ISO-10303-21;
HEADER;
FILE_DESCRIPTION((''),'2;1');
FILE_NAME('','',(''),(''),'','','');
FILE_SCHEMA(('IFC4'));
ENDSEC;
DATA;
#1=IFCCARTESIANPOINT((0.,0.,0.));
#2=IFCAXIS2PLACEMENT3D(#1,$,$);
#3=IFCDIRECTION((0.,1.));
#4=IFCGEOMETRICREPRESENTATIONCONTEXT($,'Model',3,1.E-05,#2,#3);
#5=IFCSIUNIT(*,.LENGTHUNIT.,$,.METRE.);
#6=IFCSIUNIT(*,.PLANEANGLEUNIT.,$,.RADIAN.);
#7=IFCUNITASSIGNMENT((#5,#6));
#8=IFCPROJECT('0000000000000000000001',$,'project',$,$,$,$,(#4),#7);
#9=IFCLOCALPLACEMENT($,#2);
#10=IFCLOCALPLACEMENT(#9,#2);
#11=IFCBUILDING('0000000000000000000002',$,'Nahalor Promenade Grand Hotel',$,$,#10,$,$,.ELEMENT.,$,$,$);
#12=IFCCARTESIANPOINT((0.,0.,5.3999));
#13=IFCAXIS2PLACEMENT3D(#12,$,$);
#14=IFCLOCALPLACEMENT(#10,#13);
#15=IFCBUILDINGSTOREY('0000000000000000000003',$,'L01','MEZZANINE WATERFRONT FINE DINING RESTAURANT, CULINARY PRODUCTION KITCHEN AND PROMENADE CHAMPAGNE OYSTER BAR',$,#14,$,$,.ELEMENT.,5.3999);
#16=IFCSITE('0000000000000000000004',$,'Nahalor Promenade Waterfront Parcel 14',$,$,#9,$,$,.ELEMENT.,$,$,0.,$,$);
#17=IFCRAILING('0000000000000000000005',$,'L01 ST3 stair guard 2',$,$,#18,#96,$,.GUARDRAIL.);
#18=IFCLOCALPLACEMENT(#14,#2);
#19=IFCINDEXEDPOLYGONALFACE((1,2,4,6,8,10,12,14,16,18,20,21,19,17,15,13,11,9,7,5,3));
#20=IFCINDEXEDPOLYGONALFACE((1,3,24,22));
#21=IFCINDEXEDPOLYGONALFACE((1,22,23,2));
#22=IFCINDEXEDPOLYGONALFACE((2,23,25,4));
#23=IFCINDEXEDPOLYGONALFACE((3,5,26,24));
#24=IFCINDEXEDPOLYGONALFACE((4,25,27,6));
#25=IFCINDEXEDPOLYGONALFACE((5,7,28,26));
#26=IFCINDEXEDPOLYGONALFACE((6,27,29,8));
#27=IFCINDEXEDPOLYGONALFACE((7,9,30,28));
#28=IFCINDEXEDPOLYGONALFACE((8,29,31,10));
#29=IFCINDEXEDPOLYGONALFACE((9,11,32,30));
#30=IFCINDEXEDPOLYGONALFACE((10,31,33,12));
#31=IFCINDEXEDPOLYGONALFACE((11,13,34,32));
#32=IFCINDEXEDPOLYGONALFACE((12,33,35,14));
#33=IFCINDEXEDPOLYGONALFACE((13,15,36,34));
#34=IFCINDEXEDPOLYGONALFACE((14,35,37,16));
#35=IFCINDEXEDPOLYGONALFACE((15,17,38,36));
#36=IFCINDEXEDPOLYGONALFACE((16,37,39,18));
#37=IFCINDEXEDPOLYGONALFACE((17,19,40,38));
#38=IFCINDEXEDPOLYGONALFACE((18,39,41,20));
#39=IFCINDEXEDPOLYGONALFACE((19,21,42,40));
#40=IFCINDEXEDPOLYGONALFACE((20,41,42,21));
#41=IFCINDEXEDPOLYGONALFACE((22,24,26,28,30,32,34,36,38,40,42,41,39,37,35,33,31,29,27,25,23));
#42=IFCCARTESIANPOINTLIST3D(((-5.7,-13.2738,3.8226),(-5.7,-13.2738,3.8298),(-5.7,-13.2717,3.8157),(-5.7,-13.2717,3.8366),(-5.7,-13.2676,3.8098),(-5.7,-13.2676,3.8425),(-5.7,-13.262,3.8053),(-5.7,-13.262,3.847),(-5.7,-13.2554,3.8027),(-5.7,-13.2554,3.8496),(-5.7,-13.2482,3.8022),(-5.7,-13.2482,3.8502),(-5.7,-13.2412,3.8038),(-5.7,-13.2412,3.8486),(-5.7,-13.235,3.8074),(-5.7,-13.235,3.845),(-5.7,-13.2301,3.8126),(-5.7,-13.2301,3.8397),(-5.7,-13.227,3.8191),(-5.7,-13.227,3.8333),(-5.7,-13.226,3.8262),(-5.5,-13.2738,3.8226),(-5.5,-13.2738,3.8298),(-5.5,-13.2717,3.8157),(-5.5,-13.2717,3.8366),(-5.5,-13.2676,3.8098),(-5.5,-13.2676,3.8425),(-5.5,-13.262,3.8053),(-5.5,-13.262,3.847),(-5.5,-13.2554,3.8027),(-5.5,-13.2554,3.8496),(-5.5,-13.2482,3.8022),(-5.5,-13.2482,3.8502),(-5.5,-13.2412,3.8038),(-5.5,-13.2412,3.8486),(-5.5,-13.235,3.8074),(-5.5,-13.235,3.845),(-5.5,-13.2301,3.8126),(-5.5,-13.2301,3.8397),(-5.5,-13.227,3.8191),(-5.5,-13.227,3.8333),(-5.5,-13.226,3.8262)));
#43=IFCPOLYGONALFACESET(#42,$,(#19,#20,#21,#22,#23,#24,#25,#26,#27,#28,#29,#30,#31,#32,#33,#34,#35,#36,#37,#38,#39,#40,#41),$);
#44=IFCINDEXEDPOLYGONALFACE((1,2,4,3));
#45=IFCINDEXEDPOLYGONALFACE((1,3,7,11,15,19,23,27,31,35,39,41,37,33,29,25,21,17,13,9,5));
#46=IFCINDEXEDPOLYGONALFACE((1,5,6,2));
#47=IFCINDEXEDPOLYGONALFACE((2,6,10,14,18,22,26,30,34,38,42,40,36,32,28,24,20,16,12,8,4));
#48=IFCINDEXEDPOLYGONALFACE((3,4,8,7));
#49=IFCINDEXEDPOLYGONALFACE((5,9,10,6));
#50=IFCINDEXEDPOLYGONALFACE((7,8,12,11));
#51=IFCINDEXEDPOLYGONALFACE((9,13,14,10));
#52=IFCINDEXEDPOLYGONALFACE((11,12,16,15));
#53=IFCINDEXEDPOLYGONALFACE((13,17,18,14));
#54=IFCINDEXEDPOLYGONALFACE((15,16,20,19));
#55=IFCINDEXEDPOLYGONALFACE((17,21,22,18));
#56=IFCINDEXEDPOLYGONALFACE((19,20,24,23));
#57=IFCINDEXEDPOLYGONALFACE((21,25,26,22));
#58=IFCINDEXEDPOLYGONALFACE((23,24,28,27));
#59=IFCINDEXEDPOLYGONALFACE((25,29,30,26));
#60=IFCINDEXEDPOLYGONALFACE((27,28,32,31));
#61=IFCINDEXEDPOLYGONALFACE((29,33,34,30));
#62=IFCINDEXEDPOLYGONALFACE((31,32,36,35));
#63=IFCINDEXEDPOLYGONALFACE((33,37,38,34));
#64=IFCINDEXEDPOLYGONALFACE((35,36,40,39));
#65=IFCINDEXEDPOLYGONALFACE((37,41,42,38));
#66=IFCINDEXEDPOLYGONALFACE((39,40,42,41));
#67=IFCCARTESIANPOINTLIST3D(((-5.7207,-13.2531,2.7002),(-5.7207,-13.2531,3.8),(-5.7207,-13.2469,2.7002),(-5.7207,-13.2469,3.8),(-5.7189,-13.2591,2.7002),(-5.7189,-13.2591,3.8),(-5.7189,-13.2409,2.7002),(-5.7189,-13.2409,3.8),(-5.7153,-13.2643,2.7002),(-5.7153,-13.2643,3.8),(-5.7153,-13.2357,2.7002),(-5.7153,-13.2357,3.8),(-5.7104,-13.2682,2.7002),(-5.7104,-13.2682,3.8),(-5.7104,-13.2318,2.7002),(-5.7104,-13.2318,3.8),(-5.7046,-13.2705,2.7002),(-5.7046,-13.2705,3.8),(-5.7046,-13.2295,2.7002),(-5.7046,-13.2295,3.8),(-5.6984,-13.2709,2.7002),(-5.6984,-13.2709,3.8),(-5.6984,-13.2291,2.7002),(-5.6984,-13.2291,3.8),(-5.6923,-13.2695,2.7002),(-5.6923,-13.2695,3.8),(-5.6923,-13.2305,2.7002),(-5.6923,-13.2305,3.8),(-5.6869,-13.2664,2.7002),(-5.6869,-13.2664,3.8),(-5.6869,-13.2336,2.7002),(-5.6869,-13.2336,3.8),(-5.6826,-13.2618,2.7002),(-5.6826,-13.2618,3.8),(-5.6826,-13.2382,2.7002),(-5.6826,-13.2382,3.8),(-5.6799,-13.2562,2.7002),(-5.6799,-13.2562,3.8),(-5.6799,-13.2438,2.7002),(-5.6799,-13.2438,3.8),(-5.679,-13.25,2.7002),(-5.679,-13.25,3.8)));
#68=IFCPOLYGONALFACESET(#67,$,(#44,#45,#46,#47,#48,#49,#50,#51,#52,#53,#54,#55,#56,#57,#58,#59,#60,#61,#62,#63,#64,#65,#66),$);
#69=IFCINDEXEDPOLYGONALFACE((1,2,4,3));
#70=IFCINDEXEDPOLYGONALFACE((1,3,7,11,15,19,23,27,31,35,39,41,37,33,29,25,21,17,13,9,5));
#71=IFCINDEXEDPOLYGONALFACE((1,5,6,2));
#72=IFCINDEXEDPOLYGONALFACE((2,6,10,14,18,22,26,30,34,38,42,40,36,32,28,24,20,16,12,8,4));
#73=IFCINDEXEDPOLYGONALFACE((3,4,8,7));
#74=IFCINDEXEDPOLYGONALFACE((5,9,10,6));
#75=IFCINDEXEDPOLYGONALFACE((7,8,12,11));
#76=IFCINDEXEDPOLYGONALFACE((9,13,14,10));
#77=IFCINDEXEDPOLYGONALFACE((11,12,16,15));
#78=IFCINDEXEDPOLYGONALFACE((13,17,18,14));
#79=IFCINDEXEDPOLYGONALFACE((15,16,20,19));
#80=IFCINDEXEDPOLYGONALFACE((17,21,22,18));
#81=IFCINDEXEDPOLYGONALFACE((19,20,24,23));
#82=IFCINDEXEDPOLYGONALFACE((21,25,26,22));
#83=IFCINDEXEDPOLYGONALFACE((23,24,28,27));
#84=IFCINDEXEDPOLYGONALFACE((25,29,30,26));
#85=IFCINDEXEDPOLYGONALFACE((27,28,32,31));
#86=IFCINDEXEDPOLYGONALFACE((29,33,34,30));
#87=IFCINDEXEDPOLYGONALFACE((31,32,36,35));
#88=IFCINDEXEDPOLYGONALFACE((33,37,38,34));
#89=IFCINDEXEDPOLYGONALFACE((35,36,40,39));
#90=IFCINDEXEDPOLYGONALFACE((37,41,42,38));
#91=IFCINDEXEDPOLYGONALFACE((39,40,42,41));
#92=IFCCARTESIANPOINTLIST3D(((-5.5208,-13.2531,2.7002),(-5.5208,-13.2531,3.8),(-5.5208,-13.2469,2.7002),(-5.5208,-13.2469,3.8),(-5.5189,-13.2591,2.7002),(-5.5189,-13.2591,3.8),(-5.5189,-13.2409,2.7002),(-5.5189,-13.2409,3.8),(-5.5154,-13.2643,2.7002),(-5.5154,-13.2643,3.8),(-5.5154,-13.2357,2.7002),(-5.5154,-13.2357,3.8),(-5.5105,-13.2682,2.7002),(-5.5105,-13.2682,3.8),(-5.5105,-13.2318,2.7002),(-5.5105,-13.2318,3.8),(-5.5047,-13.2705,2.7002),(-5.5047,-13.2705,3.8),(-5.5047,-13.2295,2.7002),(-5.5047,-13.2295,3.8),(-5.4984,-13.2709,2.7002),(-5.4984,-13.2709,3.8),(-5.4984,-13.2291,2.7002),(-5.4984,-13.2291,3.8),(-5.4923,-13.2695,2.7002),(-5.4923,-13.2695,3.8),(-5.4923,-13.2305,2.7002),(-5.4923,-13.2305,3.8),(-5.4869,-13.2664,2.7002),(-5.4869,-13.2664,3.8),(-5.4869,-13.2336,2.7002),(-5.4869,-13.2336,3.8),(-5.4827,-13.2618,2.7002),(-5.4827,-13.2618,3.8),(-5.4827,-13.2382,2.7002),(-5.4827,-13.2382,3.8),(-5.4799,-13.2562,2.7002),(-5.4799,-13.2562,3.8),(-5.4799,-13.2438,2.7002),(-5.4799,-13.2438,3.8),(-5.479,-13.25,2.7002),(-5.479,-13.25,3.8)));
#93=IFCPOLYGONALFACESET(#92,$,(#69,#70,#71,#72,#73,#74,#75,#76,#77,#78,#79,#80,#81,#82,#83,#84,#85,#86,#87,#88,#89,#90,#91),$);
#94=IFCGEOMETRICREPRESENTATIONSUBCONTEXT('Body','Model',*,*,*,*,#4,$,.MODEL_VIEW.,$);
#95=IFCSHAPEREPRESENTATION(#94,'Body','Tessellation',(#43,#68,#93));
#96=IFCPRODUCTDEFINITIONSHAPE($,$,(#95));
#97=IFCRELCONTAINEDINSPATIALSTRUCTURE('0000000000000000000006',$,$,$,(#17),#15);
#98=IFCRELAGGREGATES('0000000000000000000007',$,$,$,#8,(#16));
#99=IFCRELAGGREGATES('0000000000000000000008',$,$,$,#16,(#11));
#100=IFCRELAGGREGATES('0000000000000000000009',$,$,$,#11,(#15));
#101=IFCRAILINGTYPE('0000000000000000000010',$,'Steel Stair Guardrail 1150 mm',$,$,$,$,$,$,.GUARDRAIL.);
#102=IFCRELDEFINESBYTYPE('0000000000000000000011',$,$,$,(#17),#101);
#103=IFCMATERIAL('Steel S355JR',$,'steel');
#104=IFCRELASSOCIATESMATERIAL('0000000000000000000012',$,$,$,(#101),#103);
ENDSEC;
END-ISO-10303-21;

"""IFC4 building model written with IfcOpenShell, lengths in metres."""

from ifc_helpers import new_model, si_unit, direction, frame, origin, origin_2d, place, context, subcontext, project, spatial, circle, extrude, material, type_object, element, save


model = new_model("IFC4")

# Units and contexts
model_context = context("Model", 3, precision=1e-05, world=origin(), true_north=direction((0.0, 1.0)))
body_context = subcontext(model_context, "Body", "Model", "MODEL_VIEW")
ifc_project = project(units=[si_unit("LENGTHUNIT", "METRE"), si_unit("PLANEANGLEUNIT", "RADIAN")], contexts=[model_context])

# Site, building, storey
site_placement = place(None, origin())
site = spatial("IfcSite", under=ifc_project, at=site_placement, Name="Nahalor Promenade Waterfront Parcel 14", CompositionType="ELEMENT", RefElevation=0.0)
building_placement = place(site_placement, origin())
building = spatial("IfcBuilding", under=site, at=building_placement, Name="Nahalor Promenade Grand Hotel", CompositionType="ELEMENT")
storey_placement = place(building_placement, frame((0.0, 0.0, 5.3999)))
storey = spatial("IfcBuildingStorey", under=building, at=storey_placement, Name="L01", Description="MEZZANINE WATERFRONT FINE DINING RESTAURANT, CULINARY PRODUCTION KITCHEN AND PROMENADE CHAMPAGNE OYSTER BAR", CompositionType="ELEMENT", Elevation=5.3999)

# Shared definitions
ifc_material_1 = material(Name="Steel S355JR", Category="steel")

# Railing
railing_type_1 = type_object("IfcRailingType", Name="Steel Stair Guardrail 1150 mm", PredefinedType="GUARDRAIL", material=ifc_material_1)
railing_1_placement = place(storey_placement, frame((-5.7, -13.25, 2.7002)))
element("IfcRailing", 1, at=railing_1_placement, inside=storey, type_object=railing_type_1, Name="L01 ST3 stair guard 2", PredefinedType="GUARDRAIL", context=body_context, shape_type="SweptSolid", body=[
    extrude(circle(Radius=0.024, at=origin_2d()), frame((0.0, 0.0, 1.126), z_axis=(1.0, 0.0, 0.0), x_axis=(0.0, 1.0, 0.0)), (0.0, 0.0, 1.0), 0.2),
    extrude(circle(Radius=0.021, at=origin_2d()), origin(), (0.0, 0.0, 1.0), 1.0999),
    extrude(circle(Radius=0.021, at=origin_2d()), frame((0.2, 0.0, 0.0)), (0.0, 0.0, 1.0), 1.0999),
])

save(model, "model.ifc")
